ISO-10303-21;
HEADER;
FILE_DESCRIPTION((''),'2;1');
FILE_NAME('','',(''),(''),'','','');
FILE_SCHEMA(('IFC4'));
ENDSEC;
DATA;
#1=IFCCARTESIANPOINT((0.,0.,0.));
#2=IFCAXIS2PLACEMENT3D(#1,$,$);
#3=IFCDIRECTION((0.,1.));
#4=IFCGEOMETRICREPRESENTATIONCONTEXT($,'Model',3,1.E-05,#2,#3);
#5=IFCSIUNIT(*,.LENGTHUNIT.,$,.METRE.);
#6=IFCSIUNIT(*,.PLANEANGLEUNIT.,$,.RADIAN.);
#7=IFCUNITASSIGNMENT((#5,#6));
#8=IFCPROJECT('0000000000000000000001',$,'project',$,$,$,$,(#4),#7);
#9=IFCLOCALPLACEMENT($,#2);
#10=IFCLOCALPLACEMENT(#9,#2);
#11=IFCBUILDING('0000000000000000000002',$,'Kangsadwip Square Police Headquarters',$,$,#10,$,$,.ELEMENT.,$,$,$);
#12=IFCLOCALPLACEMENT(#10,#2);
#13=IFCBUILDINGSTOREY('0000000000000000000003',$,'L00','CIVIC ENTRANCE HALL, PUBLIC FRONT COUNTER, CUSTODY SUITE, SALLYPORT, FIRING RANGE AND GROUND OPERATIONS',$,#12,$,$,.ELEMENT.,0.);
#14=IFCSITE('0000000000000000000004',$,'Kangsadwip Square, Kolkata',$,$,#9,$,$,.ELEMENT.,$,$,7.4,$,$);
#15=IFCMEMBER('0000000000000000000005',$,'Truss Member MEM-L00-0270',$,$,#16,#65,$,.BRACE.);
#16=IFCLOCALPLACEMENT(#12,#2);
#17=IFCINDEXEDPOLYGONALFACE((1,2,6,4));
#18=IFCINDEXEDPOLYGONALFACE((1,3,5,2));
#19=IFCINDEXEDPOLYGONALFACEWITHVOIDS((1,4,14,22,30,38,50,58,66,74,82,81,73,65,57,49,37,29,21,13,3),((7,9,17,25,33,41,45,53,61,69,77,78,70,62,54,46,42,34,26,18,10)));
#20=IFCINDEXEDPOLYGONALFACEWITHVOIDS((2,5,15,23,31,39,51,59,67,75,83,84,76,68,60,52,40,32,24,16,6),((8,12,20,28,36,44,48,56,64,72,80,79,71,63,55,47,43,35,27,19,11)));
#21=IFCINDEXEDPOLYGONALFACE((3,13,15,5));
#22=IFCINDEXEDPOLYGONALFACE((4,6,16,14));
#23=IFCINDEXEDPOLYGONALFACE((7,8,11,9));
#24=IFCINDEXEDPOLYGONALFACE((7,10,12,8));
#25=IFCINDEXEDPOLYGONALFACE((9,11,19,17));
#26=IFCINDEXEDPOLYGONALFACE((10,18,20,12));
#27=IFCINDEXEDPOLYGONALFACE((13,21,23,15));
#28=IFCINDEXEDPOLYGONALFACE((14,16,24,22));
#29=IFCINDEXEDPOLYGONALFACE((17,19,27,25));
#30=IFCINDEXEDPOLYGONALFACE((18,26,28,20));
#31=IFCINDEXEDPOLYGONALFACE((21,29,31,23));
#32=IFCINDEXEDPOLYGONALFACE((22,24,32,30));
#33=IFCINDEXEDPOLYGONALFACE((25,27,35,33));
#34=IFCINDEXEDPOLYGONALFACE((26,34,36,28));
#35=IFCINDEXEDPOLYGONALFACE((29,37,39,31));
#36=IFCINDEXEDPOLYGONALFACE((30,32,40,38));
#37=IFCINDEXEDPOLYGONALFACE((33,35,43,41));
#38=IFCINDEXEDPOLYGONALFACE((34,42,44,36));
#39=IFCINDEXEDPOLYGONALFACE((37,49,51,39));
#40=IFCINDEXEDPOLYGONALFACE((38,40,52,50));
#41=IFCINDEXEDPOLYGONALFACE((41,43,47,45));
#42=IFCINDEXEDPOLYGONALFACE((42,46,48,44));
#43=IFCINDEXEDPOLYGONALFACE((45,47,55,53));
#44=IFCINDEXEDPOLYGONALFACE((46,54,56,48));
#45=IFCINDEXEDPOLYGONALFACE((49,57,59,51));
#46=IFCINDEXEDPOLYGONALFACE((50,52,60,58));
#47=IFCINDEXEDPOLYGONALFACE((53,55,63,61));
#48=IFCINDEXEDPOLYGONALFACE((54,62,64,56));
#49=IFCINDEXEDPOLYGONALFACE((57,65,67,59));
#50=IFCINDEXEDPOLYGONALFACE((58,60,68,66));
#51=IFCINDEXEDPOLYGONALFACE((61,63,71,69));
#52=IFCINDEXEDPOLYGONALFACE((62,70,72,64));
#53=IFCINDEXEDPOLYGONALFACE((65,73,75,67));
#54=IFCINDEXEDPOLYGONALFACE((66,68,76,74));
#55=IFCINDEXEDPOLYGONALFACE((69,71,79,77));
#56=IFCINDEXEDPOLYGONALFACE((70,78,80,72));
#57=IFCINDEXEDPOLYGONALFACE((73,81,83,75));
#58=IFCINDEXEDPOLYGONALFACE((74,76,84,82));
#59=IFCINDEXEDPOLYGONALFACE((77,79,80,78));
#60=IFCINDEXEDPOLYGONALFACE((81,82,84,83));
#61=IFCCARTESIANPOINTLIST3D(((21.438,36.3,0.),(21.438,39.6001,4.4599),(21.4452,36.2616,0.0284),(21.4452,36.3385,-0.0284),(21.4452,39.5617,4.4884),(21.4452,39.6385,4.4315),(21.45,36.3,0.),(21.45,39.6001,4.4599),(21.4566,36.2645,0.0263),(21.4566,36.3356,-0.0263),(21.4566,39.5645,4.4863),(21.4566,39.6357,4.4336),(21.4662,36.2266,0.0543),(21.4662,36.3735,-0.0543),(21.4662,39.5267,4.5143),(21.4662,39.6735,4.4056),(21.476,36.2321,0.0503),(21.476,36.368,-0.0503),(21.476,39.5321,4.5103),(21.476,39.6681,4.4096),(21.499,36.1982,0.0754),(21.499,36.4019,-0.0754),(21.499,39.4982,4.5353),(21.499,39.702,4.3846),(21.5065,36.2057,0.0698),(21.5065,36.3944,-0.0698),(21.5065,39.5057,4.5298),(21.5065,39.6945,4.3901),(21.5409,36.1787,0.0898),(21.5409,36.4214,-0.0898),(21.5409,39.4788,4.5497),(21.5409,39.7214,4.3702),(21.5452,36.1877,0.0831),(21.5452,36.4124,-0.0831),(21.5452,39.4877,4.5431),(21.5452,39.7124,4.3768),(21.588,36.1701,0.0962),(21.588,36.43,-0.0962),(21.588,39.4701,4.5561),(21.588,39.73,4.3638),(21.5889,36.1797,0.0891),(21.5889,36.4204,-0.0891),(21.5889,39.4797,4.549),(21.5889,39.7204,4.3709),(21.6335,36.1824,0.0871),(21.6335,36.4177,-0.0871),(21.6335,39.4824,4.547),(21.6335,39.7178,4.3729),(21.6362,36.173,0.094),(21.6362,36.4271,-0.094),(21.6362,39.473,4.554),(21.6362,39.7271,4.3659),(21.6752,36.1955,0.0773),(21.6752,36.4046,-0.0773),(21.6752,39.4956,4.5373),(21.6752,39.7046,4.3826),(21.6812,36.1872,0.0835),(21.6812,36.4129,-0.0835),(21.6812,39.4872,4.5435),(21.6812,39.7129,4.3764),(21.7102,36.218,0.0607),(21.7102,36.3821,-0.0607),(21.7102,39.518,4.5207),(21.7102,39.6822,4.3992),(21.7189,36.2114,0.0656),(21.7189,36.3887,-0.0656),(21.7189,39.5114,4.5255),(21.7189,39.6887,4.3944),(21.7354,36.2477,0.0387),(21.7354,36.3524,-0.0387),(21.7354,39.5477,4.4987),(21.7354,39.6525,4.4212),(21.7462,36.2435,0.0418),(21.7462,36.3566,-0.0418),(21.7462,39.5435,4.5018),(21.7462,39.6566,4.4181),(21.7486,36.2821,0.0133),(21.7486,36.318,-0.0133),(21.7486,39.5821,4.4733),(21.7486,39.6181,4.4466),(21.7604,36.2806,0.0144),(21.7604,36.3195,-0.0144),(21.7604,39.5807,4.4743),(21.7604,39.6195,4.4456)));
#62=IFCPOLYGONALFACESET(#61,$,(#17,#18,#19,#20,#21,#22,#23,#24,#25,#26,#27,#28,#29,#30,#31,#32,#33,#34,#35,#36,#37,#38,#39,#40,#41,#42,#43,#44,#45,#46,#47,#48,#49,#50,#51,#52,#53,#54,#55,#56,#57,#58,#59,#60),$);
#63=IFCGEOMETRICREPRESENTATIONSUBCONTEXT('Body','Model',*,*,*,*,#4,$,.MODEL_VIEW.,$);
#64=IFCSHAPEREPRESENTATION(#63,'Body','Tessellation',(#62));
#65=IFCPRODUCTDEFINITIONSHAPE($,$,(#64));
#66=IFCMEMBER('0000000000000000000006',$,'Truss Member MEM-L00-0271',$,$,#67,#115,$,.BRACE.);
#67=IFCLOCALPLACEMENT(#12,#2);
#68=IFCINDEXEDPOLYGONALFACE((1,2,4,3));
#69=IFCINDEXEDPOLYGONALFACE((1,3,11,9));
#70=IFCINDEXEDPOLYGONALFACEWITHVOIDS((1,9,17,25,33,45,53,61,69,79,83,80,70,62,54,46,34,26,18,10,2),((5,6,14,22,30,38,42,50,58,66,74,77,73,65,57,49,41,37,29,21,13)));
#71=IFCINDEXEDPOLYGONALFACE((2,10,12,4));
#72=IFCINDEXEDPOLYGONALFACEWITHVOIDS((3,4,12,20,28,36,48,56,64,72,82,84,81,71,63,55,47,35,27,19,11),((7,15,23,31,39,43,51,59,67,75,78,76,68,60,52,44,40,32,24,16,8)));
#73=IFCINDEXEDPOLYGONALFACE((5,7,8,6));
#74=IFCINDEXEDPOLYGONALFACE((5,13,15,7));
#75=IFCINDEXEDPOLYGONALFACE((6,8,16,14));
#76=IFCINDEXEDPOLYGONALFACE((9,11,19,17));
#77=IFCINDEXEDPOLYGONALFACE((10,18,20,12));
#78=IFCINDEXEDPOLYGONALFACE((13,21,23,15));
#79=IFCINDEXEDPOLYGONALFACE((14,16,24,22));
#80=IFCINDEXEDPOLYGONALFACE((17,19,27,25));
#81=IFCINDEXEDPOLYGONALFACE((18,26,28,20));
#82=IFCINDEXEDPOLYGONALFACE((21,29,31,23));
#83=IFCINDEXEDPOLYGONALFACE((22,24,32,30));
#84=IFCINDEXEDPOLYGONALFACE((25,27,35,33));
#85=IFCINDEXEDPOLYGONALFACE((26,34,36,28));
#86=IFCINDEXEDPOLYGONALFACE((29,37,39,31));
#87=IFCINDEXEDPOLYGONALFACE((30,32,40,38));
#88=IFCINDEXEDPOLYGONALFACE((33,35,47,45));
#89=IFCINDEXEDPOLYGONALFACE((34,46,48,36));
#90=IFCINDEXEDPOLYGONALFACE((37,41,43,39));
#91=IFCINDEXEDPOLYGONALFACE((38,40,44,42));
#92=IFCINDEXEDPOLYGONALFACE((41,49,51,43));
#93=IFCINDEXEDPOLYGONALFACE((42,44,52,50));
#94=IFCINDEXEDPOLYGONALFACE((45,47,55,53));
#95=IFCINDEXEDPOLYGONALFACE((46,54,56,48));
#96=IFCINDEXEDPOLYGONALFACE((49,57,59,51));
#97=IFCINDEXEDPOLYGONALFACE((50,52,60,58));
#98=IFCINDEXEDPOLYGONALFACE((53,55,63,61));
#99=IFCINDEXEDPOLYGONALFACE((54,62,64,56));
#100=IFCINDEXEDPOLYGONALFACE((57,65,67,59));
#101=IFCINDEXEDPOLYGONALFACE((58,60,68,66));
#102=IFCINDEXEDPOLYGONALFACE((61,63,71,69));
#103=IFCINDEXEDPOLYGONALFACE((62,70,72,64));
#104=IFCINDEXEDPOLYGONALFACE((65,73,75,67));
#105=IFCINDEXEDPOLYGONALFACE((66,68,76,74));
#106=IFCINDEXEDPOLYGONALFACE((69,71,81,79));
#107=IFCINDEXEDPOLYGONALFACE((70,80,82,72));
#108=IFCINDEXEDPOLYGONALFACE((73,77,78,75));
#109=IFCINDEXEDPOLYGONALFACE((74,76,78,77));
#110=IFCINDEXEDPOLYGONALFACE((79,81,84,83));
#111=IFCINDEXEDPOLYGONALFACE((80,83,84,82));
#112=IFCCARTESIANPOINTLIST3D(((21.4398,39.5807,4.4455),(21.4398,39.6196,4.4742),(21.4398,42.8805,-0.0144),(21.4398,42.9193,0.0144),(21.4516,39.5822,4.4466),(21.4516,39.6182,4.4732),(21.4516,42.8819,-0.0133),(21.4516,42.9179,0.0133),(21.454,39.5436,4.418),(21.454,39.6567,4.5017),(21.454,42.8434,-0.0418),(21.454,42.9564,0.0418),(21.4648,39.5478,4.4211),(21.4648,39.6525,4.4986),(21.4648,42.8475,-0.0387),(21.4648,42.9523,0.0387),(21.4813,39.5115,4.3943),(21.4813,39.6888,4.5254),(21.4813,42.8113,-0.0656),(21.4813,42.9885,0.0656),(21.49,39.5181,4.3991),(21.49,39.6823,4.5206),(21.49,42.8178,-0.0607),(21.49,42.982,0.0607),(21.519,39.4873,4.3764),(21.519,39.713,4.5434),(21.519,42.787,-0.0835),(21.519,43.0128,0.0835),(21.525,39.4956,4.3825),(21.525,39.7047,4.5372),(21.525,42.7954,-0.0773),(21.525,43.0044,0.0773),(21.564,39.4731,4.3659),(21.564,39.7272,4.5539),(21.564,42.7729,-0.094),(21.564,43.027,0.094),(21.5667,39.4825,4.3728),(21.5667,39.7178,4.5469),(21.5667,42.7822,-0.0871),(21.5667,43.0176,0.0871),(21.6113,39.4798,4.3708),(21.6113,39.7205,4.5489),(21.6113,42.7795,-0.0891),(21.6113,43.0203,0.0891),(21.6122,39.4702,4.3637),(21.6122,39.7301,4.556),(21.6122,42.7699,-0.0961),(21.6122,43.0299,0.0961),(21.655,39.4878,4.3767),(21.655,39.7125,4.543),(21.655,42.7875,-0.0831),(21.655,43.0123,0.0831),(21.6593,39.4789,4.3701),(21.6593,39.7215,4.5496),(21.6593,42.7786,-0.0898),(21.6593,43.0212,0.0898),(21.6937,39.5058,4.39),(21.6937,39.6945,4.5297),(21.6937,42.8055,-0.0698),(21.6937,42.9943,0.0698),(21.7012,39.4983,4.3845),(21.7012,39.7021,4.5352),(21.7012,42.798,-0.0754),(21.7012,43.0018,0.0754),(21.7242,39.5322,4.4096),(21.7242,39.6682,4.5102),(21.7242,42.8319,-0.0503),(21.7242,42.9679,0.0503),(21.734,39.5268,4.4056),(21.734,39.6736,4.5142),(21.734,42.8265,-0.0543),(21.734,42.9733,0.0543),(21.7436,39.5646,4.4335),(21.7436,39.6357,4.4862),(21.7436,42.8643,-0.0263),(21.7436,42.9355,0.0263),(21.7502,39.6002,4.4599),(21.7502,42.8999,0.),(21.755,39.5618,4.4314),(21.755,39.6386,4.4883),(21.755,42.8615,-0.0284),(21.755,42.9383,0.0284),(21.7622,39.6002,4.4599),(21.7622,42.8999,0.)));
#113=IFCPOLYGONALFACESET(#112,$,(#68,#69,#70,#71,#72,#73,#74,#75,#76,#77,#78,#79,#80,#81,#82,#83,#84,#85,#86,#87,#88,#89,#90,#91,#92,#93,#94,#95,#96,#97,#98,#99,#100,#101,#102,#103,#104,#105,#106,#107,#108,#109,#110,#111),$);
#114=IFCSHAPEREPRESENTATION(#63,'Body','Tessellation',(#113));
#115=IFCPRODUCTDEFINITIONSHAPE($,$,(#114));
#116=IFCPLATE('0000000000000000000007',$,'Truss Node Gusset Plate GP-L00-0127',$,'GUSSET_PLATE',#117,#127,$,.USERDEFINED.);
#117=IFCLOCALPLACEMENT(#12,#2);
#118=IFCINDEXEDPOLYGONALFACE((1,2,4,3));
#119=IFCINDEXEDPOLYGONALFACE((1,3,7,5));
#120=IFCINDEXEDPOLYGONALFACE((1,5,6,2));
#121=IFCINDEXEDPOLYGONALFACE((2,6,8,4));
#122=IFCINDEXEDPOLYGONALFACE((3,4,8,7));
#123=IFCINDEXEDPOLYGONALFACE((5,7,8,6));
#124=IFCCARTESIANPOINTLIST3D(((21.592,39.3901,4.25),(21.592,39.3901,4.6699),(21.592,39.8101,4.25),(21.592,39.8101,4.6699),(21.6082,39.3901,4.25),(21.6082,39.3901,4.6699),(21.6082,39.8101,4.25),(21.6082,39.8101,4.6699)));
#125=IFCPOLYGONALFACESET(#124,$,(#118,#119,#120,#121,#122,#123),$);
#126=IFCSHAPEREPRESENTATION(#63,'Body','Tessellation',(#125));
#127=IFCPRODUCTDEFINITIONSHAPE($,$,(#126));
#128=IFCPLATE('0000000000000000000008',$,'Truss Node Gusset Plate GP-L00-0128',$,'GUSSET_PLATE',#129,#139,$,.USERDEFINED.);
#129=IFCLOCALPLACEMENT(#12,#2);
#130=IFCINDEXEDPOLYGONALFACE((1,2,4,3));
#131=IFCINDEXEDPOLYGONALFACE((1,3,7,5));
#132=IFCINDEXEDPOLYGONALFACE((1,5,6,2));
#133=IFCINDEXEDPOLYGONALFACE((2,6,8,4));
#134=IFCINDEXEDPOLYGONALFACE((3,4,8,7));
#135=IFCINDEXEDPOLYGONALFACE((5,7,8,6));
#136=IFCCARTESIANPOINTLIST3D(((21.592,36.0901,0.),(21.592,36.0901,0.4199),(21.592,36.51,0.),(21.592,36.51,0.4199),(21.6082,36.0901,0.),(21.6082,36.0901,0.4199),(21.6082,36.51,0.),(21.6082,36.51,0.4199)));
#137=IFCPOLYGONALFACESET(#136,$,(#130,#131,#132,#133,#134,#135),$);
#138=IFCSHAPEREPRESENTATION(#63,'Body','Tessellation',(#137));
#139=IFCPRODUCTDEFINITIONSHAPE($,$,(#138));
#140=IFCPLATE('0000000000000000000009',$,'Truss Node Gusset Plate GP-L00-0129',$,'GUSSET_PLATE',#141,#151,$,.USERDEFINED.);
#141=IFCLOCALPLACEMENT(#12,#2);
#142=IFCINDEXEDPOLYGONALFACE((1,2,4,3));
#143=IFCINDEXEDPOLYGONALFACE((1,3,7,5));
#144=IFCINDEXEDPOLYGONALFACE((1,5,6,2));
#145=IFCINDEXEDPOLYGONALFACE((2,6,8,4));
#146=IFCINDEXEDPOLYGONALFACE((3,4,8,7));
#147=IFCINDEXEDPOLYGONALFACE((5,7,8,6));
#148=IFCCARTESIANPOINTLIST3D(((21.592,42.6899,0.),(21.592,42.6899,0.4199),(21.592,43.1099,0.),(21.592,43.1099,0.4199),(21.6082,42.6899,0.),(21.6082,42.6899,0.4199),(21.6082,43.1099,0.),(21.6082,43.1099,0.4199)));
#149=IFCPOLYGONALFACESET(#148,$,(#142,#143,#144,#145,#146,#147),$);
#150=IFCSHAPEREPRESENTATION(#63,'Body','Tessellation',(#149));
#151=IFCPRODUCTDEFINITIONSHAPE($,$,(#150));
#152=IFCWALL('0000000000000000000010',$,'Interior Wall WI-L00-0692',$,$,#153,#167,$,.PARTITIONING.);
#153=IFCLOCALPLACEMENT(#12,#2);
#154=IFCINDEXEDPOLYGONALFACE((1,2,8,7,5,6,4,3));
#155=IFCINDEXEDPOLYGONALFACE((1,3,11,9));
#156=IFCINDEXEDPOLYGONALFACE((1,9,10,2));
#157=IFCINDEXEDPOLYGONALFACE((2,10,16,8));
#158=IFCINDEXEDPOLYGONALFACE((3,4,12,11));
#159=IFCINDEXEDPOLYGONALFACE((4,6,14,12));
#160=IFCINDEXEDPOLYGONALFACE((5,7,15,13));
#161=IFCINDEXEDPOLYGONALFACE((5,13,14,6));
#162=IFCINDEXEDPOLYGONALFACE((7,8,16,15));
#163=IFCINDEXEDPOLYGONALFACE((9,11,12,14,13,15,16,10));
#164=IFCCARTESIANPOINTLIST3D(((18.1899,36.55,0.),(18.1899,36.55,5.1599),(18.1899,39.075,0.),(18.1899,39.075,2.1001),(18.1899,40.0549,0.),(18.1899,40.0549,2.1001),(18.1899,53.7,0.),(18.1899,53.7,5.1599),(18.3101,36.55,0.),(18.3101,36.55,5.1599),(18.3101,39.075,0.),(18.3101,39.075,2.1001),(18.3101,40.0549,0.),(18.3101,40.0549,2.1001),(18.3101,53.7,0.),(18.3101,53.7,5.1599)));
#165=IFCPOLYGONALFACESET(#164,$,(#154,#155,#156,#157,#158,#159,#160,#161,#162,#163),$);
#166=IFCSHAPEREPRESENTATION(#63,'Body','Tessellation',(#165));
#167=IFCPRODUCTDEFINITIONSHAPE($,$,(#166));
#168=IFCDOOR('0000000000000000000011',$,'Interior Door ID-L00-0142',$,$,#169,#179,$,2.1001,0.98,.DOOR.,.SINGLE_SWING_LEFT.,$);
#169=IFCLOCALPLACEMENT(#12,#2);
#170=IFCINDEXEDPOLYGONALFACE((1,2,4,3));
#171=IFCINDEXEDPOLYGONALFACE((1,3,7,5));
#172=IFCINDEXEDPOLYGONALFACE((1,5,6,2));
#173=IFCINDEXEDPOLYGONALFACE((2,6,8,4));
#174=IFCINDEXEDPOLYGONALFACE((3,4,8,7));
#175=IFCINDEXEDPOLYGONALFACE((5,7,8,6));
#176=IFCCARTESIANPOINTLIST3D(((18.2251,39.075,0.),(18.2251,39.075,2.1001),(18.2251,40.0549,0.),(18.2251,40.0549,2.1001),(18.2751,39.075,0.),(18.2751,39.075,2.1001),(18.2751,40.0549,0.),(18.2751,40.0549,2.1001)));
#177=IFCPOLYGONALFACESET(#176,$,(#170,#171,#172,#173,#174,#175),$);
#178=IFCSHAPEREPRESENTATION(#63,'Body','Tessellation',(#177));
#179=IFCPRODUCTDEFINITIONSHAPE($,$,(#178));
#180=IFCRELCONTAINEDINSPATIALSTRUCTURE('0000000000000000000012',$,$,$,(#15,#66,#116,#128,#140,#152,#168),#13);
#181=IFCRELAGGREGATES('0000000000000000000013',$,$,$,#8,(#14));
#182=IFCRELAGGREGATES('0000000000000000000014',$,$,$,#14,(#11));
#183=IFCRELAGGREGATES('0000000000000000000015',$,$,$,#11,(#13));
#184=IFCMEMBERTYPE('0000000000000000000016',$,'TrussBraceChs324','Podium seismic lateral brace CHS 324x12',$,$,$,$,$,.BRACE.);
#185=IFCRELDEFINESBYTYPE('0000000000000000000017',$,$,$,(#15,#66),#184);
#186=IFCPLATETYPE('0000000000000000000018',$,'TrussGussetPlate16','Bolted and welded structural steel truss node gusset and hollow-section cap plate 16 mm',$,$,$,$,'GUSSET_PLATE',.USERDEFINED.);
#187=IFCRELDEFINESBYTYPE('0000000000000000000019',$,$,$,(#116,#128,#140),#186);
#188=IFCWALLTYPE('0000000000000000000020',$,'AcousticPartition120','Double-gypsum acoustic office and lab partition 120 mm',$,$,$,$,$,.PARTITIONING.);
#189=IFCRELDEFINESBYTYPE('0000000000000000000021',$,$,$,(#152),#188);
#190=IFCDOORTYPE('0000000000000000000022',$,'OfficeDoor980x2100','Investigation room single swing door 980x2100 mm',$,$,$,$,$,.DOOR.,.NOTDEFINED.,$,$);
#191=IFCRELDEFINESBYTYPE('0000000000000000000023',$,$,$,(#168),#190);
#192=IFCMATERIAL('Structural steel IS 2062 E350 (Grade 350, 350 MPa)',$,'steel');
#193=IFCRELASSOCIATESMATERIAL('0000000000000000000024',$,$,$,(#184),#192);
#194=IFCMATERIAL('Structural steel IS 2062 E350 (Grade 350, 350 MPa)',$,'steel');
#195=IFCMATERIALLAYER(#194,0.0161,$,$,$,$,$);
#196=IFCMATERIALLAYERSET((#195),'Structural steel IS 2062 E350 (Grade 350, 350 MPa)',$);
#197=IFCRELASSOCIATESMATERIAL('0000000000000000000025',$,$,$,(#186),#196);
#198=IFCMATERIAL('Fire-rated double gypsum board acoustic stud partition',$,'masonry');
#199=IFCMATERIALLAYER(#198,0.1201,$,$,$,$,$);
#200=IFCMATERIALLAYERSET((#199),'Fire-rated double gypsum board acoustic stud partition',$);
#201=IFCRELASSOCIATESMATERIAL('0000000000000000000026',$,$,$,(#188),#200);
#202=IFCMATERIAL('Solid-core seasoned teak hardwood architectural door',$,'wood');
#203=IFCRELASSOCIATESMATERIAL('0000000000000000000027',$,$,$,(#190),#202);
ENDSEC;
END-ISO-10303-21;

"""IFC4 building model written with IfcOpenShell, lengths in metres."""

from ifc_helpers import new_model, si_unit, direction, frame, frame_2d, origin, origin_2d, place, context, subcontext, project, spatial, rectangle, hollow_circle, extrude, material, layer, layer_set, material_profile, profile_set, type_object, element, fill, save


model = new_model("IFC4")

# Units and contexts
model_context = context("Model", 3, precision=1e-05, world=origin(), true_north=direction((0.0, 1.0)))
body_context = subcontext(model_context, "Body", "Model", "MODEL_VIEW")
ifc_project = project(units=[si_unit("LENGTHUNIT", "METRE"), si_unit("PLANEANGLEUNIT", "RADIAN")], contexts=[model_context])

# Site, building, storey
site_placement = place(None, origin())
site = spatial("IfcSite", under=ifc_project, at=site_placement, Name="Kangsadwip Square, Kolkata", CompositionType="ELEMENT", RefElevation=7.4)
building_placement = place(site_placement, origin())
building = spatial("IfcBuilding", under=site, at=building_placement, Name="Kangsadwip Square Police Headquarters", CompositionType="ELEMENT")
storey_placement = place(building_placement, origin())
storey = spatial("IfcBuildingStorey", under=building, at=storey_placement, Name="L00", Description="CIVIC ENTRANCE HALL, PUBLIC FRONT COUNTER, CUSTODY SUITE, SALLYPORT, FIRING RANGE AND GROUND OPERATIONS", CompositionType="ELEMENT", Elevation=0.0)

# Members
ifc_material_1 = material(Name="Structural steel IS 2062 E350 (Grade 350, 350 MPa)", Category="steel")
ifc_material_profile_1 = material_profile(ifc_material_1, hollow_circle(Radius=0.1621, WallThickness=0.012, at=origin_2d()), Name="CHS 324X12")
ifc_profile_set_1 = profile_set([ifc_material_profile_1], Name="Structural steel IS 2062 E350 (Grade 350, 350 MPa)")
member_type = type_object("IfcMemberType", Name="TrussBraceChs324", Description="Podium seismic lateral brace CHS 324x12", PredefinedType="BRACE", material=ifc_profile_set_1)
member_1_placement = place(storey_placement, frame((21.6001, 36.3, 0.0), z_axis=(0.0, 0.594805, 0.80387), x_axis=(-1.0, 0.0, 0.0)))
element("IfcMember", 1, at=member_1_placement, inside=storey, type_object=member_type, Name="Truss Member MEM-L00-0270", PredefinedType="BRACE", context=body_context, shape_type="SweptSolid", body=[
    extrude(hollow_circle(Radius=0.1621, WallThickness=0.012, at=origin_2d()), origin(), (0.0, 0.0, 1.0), 5.5481),
])
member_2_placement = place(storey_placement, frame((21.6001, 42.8999, 0.0), z_axis=(0.0, -0.594777, 0.803891), x_axis=(1.0, 0.0, 0.0)))
element("IfcMember", 2, at=member_2_placement, inside=storey, type_object=member_type, Name="Truss Member MEM-L00-0271", PredefinedType="BRACE", context=body_context, shape_type="SweptSolid", body=[
    extrude(hollow_circle(Radius=0.1621, WallThickness=0.012, at=origin_2d()), origin(), (0.0, 0.0, 1.0), 5.5479),
])

# Plates
ifc_material_2 = material(Name="Structural steel IS 2062 E350 (Grade 350, 350 MPa)", Category="steel")
ifc_layer_1 = layer(ifc_material_2, 0.0161)
ifc_layer_set_1 = layer_set([ifc_layer_1], Name="Structural steel IS 2062 E350 (Grade 350, 350 MPa)")
plate_type = type_object("IfcPlateType", Name="TrussGussetPlate16", Description="Bolted and welded structural steel truss node gusset and hollow-section cap plate 16 mm", ElementType="GUSSET_PLATE", PredefinedType="USERDEFINED", material=ifc_layer_set_1)
for number, where, z_axis, x_axis, name in (
    (3, (21.6001, 39.6001, 4.25), (0.0, 0.0, 1.0), (0.0, 1.0, 0.0), "Truss Node Gusset Plate GP-L00-0127"),
    (4, (21.6001, 36.3, 0.0), (0.0, 0.0, 1.0), (0.0, 1.0, 0.0), "Truss Node Gusset Plate GP-L00-0128"),
    (5, (21.6001, 42.8999, 0.0), (0.0, 0.0, 1.0), (0.0, 1.0, 0.0), "Truss Node Gusset Plate GP-L00-0129"),
):
    element("IfcPlate", number, at=place(storey_placement, frame(where, z_axis=z_axis, x_axis=x_axis)), inside=storey, type_object=plate_type, Name=name, ObjectType="GUSSET_PLATE", PredefinedType="USERDEFINED", context=body_context, shape_type="SweptSolid", body=[
        extrude(rectangle(XDim=0.4199, YDim=0.0161, at=origin_2d()), origin(), (0.0, 0.0, 1.0), 0.4199),
    ])

# Wall, opening, door
ifc_material_3 = material(Name="Fire-rated double gypsum board acoustic stud partition", Category="masonry")
ifc_layer_2 = layer(ifc_material_3, 0.1201)
ifc_layer_set_2 = layer_set([ifc_layer_2], Name="Fire-rated double gypsum board acoustic stud partition")
wall_type_1 = type_object("IfcWallType", Name="AcousticPartition120", Description="Double-gypsum acoustic office and lab partition 120 mm", PredefinedType="PARTITIONING", material=ifc_layer_set_2)
wall_1_placement = place(storey_placement, frame((18.25, 36.55, 0.0), z_axis=(0.0, 0.0, 1.0), x_axis=(0.0, 1.0, 0.0)))
wall_1 = element("IfcWall", 6, at=wall_1_placement, inside=storey, type_object=wall_type_1, Name="Interior Wall WI-L00-0692", PredefinedType="PARTITIONING", context=body_context, shape_type="SweptSolid", body=[
    extrude(rectangle(XDim=17.1499, YDim=0.1201, at=frame_2d((8.575, 0.0))), origin(), (0.0, 0.0, 1.0), 5.1599),
])
opening_1_placement = place(wall_1_placement, frame((2.5249, 0.0, 0.0)))
opening_1 = element("IfcOpeningElement", 7, at=opening_1_placement, cuts=wall_1, PredefinedType="OPENING", context=body_context, shape_type="SweptSolid", body=[
    extrude(rectangle(XDim=0.98, YDim=2.1001, at=frame_2d((0.49, 1.05))), frame((0.0, 0.0701, 0.0), z_axis=(0.0, -1.0, 0.0), x_axis=(1.0, 0.0, 0.0)), (0.0, 0.0, 1.0), 0.1401),
])
ifc_material_4 = material(Name="Solid-core seasoned teak hardwood architectural door", Category="wood")
door_type = type_object("IfcDoorType", Name="OfficeDoor980x2100", Description="Investigation room single swing door 980x2100 mm", OperationType="NOTDEFINED", PredefinedType="DOOR", material=ifc_material_4)
door_placement = place(opening_1_placement, origin())
door = element("IfcDoor", 8, at=door_placement, inside=storey, type_object=door_type, Name="Interior Door ID-L00-0142", OperationType="SINGLE_SWING_LEFT", OverallHeight=2.1001, OverallWidth=0.98, PredefinedType="DOOR", context=body_context, shape_type="SweptSolid", body=[
    extrude(rectangle(XDim=0.98, YDim=2.1001, at=frame_2d((0.49, 1.05))), frame((0.0, 0.0249, 0.0), z_axis=(0.0, -1.0, 0.0), x_axis=(1.0, 0.0, 0.0)), (0.0, 0.0, 1.0), 0.05),
])
fill(opening_1, door)

save(model, "model.ifc")
